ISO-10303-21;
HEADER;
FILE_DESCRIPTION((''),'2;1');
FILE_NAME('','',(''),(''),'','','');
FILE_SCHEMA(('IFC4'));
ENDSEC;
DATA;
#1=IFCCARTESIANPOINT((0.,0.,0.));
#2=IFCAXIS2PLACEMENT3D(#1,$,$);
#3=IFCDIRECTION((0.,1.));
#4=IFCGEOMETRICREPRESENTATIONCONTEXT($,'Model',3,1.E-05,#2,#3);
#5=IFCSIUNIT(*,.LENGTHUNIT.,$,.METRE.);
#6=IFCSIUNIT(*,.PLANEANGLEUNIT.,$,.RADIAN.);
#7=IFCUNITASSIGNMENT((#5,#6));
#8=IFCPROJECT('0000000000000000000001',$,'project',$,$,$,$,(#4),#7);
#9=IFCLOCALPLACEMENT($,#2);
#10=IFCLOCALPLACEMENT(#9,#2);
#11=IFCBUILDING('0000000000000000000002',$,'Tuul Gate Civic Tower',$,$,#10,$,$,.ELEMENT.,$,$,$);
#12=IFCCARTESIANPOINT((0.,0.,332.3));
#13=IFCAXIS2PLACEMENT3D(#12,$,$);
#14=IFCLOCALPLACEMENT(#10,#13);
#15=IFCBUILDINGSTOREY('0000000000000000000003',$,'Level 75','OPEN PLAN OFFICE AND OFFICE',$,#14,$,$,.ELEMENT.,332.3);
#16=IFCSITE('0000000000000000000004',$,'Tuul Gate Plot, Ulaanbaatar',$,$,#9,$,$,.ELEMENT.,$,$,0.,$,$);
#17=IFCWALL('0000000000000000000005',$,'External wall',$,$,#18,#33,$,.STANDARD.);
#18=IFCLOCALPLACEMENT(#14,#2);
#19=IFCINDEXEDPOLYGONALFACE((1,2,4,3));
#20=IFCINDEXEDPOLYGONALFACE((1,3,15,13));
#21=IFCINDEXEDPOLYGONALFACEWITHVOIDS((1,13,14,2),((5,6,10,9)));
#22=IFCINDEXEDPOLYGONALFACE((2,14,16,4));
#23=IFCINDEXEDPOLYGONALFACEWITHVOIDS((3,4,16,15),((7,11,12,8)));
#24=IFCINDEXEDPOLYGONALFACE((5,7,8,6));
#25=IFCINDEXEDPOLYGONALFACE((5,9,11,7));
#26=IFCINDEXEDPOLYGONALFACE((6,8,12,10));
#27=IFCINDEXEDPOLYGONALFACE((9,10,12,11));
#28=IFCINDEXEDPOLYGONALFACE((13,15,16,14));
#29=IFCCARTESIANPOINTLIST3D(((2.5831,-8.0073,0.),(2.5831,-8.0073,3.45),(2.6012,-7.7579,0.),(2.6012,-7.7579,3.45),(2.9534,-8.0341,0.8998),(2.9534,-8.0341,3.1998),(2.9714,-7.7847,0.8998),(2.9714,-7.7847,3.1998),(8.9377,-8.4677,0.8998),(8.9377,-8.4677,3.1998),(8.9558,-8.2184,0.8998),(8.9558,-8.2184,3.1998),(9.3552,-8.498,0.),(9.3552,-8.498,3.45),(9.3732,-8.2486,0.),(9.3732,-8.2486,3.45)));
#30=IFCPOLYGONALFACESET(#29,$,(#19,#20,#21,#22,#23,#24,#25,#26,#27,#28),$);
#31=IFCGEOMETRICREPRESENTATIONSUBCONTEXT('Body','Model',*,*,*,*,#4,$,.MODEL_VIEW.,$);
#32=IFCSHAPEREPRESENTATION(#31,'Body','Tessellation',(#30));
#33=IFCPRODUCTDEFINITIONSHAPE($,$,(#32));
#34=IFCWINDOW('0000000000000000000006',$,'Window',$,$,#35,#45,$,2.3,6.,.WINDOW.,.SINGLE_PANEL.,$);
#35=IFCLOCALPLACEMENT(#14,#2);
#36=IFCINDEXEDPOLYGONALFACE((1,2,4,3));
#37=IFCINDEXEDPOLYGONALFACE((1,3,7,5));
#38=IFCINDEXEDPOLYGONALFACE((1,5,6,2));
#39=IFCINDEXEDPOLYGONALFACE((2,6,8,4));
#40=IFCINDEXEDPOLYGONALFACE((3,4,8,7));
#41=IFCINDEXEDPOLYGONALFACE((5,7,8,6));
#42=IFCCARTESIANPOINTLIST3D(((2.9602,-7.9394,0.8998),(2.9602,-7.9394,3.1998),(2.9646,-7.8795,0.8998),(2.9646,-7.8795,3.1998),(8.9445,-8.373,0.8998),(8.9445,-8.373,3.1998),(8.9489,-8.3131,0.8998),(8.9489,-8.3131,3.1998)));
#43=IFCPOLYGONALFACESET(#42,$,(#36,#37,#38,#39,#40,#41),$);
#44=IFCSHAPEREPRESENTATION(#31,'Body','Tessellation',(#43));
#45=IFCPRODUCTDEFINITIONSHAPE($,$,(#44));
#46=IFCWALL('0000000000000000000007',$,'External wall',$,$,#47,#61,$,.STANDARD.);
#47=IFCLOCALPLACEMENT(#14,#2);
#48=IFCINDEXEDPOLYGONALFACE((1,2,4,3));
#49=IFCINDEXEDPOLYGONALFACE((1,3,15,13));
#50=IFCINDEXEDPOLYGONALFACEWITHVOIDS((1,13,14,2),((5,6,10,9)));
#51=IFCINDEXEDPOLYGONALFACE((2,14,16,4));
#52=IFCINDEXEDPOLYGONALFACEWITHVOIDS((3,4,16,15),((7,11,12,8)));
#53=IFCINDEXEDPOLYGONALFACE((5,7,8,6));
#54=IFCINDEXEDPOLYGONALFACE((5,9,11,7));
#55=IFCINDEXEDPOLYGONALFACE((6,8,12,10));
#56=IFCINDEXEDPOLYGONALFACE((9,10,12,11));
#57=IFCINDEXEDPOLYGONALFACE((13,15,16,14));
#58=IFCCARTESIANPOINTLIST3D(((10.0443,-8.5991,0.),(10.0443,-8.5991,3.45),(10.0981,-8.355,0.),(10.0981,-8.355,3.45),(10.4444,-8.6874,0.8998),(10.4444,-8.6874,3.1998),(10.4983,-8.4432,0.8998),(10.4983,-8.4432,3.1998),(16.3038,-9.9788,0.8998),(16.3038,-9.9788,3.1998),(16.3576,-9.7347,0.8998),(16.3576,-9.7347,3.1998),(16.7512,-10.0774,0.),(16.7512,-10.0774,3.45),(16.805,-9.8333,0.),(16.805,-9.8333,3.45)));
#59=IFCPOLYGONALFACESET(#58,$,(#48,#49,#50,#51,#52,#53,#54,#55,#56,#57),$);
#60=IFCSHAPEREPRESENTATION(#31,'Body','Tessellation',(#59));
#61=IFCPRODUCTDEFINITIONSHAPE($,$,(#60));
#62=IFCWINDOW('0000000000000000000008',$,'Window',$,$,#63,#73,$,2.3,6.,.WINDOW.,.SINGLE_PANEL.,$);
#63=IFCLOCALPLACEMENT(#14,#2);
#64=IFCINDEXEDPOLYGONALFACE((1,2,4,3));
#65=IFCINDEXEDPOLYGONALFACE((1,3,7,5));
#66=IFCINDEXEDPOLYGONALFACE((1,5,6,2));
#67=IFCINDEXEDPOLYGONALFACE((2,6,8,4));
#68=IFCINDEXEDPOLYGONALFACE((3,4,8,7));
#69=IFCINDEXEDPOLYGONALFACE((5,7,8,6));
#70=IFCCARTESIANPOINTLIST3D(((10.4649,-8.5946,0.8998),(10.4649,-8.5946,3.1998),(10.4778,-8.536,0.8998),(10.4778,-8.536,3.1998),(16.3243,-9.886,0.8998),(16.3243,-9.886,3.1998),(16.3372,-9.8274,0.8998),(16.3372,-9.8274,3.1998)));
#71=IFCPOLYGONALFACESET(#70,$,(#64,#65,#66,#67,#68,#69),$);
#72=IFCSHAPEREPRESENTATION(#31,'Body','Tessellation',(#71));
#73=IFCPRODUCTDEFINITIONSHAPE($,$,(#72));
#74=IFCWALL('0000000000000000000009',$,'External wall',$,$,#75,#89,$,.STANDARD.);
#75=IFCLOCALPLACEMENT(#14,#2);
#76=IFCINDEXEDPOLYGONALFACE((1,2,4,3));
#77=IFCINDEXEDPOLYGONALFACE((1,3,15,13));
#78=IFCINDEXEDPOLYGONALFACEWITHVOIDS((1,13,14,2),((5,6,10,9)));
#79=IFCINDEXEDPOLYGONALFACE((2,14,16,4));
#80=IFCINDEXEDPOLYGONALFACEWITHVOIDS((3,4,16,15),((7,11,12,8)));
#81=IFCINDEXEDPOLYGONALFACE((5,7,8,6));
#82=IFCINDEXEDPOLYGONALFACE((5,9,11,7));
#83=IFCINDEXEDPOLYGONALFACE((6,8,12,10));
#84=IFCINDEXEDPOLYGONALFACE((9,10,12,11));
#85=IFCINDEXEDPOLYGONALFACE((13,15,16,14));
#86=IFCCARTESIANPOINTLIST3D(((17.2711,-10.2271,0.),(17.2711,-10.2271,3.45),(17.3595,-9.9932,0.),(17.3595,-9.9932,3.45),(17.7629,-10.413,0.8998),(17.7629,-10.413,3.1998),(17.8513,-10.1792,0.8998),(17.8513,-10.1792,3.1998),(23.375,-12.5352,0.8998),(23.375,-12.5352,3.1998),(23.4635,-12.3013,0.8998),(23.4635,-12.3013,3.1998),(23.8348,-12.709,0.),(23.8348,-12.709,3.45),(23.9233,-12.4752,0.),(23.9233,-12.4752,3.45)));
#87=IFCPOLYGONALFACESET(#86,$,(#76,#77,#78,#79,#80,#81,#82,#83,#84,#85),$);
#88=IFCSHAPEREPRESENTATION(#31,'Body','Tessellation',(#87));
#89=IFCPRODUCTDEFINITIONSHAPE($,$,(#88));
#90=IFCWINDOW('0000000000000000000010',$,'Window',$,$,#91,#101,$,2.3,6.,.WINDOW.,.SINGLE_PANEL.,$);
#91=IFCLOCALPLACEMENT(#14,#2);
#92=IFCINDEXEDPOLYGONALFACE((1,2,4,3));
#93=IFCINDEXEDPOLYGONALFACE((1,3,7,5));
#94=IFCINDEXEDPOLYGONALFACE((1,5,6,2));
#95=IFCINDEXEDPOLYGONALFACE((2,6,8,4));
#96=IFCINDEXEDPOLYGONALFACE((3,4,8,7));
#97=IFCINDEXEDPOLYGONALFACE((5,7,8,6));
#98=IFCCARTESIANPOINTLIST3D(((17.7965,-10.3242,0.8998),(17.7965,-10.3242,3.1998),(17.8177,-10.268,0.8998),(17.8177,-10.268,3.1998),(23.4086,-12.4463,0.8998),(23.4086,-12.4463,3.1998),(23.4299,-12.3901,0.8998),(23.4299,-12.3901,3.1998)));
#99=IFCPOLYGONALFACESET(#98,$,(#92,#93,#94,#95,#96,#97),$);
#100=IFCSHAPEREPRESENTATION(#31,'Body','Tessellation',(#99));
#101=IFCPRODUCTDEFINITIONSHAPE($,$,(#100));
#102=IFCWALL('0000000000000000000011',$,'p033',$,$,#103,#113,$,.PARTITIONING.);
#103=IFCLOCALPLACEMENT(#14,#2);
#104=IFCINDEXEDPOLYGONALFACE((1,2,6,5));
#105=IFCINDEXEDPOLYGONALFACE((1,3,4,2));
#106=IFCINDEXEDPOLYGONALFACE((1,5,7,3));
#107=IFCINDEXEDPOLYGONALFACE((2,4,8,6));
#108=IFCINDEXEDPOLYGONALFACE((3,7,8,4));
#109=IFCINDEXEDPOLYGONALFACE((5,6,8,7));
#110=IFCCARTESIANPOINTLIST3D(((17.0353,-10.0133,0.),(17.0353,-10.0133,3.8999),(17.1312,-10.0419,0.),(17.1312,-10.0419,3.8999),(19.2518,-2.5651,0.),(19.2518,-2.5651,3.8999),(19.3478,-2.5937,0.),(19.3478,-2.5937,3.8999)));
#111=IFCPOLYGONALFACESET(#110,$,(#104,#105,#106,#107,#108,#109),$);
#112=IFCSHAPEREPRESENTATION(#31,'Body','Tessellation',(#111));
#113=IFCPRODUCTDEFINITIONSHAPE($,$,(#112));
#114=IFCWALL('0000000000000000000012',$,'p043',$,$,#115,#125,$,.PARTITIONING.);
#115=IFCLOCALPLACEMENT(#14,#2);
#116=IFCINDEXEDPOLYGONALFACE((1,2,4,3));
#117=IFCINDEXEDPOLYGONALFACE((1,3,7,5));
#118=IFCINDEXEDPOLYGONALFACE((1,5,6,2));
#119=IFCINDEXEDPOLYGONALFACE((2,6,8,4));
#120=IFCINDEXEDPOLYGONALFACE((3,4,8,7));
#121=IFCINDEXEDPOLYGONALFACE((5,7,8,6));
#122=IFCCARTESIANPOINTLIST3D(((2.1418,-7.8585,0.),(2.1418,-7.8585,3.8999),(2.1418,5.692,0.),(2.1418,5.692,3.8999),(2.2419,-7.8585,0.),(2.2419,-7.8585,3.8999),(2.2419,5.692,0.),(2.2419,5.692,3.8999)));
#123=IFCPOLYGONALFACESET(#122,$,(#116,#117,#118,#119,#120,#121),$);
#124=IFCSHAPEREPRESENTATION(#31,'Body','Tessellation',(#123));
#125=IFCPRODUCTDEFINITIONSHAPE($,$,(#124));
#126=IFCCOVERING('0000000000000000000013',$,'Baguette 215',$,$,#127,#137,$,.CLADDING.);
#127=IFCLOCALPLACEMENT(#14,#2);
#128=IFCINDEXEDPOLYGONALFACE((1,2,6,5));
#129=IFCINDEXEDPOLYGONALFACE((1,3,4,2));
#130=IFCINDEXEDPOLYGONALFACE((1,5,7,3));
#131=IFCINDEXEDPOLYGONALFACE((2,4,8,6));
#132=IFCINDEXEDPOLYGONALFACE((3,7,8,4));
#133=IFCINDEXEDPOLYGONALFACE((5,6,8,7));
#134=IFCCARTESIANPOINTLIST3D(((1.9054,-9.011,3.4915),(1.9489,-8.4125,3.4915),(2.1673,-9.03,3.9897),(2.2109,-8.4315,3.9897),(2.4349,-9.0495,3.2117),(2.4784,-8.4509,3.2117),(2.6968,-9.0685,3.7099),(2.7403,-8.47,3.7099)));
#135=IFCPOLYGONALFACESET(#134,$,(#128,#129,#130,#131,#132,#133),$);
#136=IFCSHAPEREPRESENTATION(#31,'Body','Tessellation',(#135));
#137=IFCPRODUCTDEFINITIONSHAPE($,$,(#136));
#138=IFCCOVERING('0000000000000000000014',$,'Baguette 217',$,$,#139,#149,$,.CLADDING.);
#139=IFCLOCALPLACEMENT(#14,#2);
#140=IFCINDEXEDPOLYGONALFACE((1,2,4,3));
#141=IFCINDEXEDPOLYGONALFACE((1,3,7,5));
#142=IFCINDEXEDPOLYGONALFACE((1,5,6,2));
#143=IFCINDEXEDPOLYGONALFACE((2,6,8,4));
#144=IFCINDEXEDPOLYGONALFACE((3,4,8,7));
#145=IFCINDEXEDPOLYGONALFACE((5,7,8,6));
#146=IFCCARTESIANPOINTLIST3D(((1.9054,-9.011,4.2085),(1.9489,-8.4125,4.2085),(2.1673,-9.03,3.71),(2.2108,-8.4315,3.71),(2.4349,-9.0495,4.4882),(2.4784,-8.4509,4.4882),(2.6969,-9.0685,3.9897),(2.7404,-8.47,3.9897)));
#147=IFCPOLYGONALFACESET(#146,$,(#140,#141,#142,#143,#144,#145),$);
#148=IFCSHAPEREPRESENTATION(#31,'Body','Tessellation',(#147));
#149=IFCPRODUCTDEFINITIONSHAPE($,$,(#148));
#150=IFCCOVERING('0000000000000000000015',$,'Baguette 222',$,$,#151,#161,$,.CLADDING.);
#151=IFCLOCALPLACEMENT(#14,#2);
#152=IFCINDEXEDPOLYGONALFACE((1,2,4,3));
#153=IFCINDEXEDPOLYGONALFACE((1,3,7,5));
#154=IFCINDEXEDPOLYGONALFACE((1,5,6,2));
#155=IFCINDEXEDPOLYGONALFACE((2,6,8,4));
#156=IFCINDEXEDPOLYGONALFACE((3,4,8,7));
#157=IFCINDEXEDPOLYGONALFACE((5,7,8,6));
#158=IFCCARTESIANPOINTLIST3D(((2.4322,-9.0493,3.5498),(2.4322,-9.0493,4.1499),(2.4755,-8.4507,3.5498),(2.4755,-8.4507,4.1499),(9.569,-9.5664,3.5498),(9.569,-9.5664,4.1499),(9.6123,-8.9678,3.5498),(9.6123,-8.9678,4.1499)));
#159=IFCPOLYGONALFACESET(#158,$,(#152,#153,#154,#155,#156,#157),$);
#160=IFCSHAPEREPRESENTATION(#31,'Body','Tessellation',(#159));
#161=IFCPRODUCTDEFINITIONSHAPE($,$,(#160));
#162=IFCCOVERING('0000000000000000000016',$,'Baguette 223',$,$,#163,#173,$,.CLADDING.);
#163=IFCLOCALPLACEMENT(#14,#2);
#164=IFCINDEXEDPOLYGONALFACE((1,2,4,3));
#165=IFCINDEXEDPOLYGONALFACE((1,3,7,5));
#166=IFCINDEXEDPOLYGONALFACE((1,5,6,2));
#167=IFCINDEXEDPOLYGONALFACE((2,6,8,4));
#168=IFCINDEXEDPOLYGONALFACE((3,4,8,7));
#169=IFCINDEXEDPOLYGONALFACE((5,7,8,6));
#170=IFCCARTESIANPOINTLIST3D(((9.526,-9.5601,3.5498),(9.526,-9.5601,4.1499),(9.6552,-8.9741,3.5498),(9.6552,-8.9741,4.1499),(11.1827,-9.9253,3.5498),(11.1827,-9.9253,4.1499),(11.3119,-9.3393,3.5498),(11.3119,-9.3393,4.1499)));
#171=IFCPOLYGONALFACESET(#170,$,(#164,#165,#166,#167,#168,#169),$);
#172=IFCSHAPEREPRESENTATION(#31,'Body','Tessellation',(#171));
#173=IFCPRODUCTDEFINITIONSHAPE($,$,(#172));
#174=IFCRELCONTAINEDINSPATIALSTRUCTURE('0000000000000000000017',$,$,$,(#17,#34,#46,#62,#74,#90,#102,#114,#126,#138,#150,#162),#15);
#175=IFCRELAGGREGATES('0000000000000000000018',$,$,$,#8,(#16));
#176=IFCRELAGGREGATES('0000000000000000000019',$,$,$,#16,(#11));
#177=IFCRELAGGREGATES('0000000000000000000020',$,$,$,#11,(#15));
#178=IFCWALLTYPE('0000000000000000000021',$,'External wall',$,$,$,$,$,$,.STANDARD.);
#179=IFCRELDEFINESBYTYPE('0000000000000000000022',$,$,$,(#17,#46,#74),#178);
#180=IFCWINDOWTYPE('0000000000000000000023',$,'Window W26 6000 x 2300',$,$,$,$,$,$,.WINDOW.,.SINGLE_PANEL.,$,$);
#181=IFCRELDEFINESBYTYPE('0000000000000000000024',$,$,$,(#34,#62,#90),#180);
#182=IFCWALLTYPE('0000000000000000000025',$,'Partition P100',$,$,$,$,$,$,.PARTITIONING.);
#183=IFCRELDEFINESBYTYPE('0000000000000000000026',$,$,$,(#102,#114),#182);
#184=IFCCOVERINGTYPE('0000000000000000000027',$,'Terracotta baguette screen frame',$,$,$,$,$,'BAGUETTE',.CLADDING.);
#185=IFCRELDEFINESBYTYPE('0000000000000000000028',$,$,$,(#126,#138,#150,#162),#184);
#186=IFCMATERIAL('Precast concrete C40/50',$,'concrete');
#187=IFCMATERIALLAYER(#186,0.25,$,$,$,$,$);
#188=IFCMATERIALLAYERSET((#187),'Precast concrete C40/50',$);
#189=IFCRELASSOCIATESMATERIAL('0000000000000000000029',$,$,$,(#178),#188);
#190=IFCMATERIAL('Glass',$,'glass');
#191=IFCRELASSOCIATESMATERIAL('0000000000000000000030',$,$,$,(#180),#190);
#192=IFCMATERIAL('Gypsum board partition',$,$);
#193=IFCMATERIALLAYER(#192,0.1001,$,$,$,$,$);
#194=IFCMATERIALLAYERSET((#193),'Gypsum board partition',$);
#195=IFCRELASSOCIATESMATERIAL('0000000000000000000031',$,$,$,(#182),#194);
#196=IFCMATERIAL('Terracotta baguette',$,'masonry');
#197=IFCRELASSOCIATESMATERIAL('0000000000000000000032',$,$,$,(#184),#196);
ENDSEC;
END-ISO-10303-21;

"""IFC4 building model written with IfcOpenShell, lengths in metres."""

from ifc_helpers import new_model, si_unit, direction, frame, frame_2d, origin, origin_2d, place, context, subcontext, project, spatial, rectangle, extrude, material, layer, layer_set, material_profile, profile_set, type_object, element, fill, save


model = new_model("IFC4")

# Units and contexts
model_context = context("Model", 3, precision=1e-05, world=origin(), true_north=direction((0.0, 1.0)))
body_context = subcontext(model_context, "Body", "Model", "MODEL_VIEW")
ifc_project = project(units=[si_unit("LENGTHUNIT", "METRE"), si_unit("PLANEANGLEUNIT", "RADIAN")], contexts=[model_context])

# Site, building, storey
site_placement = place(None, origin())
site = spatial("IfcSite", under=ifc_project, at=site_placement, Name="Tuul Gate Plot, Ulaanbaatar", CompositionType="ELEMENT", RefElevation=0.0)
building_placement = place(site_placement, origin())
building = spatial("IfcBuilding", under=site, at=building_placement, Name="Tuul Gate Civic Tower", CompositionType="ELEMENT")
storey_placement = place(building_placement, frame((0.0, 0.0, 332.3)))
storey = spatial("IfcBuildingStorey", under=building, at=storey_placement, Name="Level 75", Description="OPEN PLAN OFFICE AND OFFICE", CompositionType="ELEMENT", Elevation=332.3)

# Walls, openings, windows
ifc_material_1 = material(Name="Precast concrete C40/50", Category="concrete")
ifc_layer_1 = layer(ifc_material_1, 0.25)
ifc_layer_set_1 = layer_set([ifc_layer_1], Name="Precast concrete C40/50")
wall_type_1 = type_object("IfcWallType", Name="External wall", PredefinedType="STANDARD", material=ifc_layer_set_1)
wall_1_placement = place(storey_placement, frame((2.592, -7.8826, 0.0), z_axis=(0.0, 0.0, 1.0), x_axis=(0.997385, -0.072274, 0.0)))
wall_1 = element("IfcWall", 1, at=wall_1_placement, inside=storey, type_object=wall_type_1, Name="External wall", PredefinedType="STANDARD", context=body_context, shape_type="SweptSolid", body=[
    extrude(rectangle(XDim=6.7898, YDim=0.25, at=frame_2d((3.395, 0.0))), origin(), (0.0, 0.0, 1.0), 3.45),
])
opening_1_placement = place(wall_1_placement, frame((0.3713, 0.0, 0.8999)))
opening_1 = element("IfcOpeningElement", 2, at=opening_1_placement, cuts=wall_1, PredefinedType="OPENING", context=body_context, shape_type="SweptSolid", body=[
    extrude(rectangle(XDim=6.0, YDim=2.3, at=frame_2d((3.0, 1.1499))), frame((0.0, 0.135, 0.0), z_axis=(0.0, -1.0, 0.0), x_axis=(1.0, 0.0, 0.0)), (0.0, 0.0, 1.0), 0.27),
])
ifc_material_2 = material(Name="Glass", Category="glass")
window_type = type_object("IfcWindowType", Name="Window W26 6000 x 2300", PartitioningType="SINGLE_PANEL", PredefinedType="WINDOW", material=ifc_material_2)
window_1_placement = place(opening_1_placement, origin())
window_1 = element("IfcWindow", 3, at=window_1_placement, inside=storey, type_object=window_type, Name="Window", OverallHeight=2.3, OverallWidth=6.0, PartitioningType="SINGLE_PANEL", PredefinedType="WINDOW", context=body_context, shape_type="SweptSolid", body=[
    extrude(rectangle(XDim=6.0, YDim=2.3, at=frame_2d((3.0, 1.1499))), frame((0.0, 0.03, 0.0), z_axis=(0.0, -1.0, 0.0), x_axis=(1.0, 0.0, 0.0)), (0.0, 0.0, 1.0), 0.0601),
])
fill(opening_1, window_1)
wall_2_placement = place(storey_placement, frame((10.071, -8.4771, 0.0), z_axis=(0.0, 0.0, 1.0), x_axis=(0.976561, -0.21524, 0.0)))
wall_2 = element("IfcWall", 4, at=wall_2_placement, inside=storey, type_object=wall_type_1, Name="External wall", PredefinedType="STANDARD", context=body_context, shape_type="SweptSolid", body=[
    extrude(rectangle(XDim=6.8679, YDim=0.25, at=frame_2d((3.4341, 0.0))), origin(), (0.0, 0.0, 1.0), 3.45),
])
opening_2_placement = place(wall_2_placement, frame((0.4099, 0.0, 0.8999)))
opening_2 = element("IfcOpeningElement", 5, at=opening_2_placement, cuts=wall_2, PredefinedType="OPENING", context=body_context, shape_type="SweptSolid", body=[
    extrude(rectangle(XDim=6.0, YDim=2.3, at=frame_2d((3.0, 1.1499))), frame((0.0, 0.135, 0.0), z_axis=(0.0, -1.0, 0.0), x_axis=(1.0, 0.0, 0.0)), (0.0, 0.0, 1.0), 0.27),
])
window_2_placement = place(opening_2_placement, origin())
window_2 = element("IfcWindow", 6, at=window_2_placement, inside=storey, type_object=window_type, Name="Window", OverallHeight=2.3, OverallWidth=6.0, PartitioningType="SINGLE_PANEL", PredefinedType="WINDOW", context=body_context, shape_type="SweptSolid", body=[
    extrude(rectangle(XDim=6.0, YDim=2.3, at=frame_2d((3.0, 1.1499))), frame((0.0, 0.03, 0.0), z_axis=(0.0, -1.0, 0.0), x_axis=(1.0, 0.0, 0.0)), (0.0, 0.0, 1.0), 0.0601),
])
fill(opening_2, window_2)
wall_3_placement = place(storey_placement, frame((17.3152, -10.1101, 0.0), z_axis=(0.0, 0.0, 1.0), x_axis=(0.935363, -0.353688, 0.0)))
wall_3 = element("IfcWall", 7, at=wall_3_placement, inside=storey, type_object=wall_type_1, Name="External wall", PredefinedType="STANDARD", context=body_context, shape_type="SweptSolid", body=[
    extrude(rectangle(XDim=7.0173, YDim=0.25, at=frame_2d((3.5088, 0.0))), origin(), (0.0, 0.0, 1.0), 3.45),
])
opening_3_placement = place(wall_3_placement, frame((0.5259, 0.0, 0.8999)))
opening_3 = element("IfcOpeningElement", 8, at=opening_3_placement, cuts=wall_3, PredefinedType="OPENING", context=body_context, shape_type="SweptSolid", body=[
    extrude(rectangle(XDim=6.0, YDim=2.3, at=frame_2d((3.0, 1.1499))), frame((0.0, 0.135, 0.0), z_axis=(0.0, -1.0, 0.0), x_axis=(1.0, 0.0, 0.0)), (0.0, 0.0, 1.0), 0.27),
])
window_3_placement = place(opening_3_placement, origin())
window_3 = element("IfcWindow", 9, at=window_3_placement, inside=storey, type_object=window_type, Name="Window", OverallHeight=2.3, OverallWidth=6.0, PartitioningType="SINGLE_PANEL", PredefinedType="WINDOW", context=body_context, shape_type="SweptSolid", body=[
    extrude(rectangle(XDim=6.0, YDim=2.3, at=frame_2d((3.0, 1.1499))), frame((0.0, 0.03, 0.0), z_axis=(0.0, -1.0, 0.0), x_axis=(1.0, 0.0, 0.0)), (0.0, 0.0, 1.0), 0.0601),
])
fill(opening_3, window_3)

# Walls
ifc_material_3 = material(Name="Gypsum board partition")
ifc_layer_2 = layer(ifc_material_3, 0.1001)
ifc_layer_set_2 = layer_set([ifc_layer_2], Name="Gypsum board partition")
wall_type_2 = type_object("IfcWallType", Name="Partition P100", PredefinedType="PARTITIONING", material=ifc_layer_set_2)
wall_4_placement = place(storey_placement, frame((17.0833, -10.0276, 0.0), z_axis=(0.0, 0.0, 1.0), x_axis=(0.285232, 0.958459, 0.0)))
element("IfcWall", 10, at=wall_4_placement, inside=storey, type_object=wall_type_2, Name="p033", PredefinedType="PARTITIONING", context=body_context, shape_type="SweptSolid", body=[
    extrude(rectangle(XDim=7.771, YDim=0.1001, at=frame_2d((3.8855, 0.0))), origin(), (0.0, 0.0, 1.0), 3.8999),
])
wall_5_placement = place(storey_placement, frame((2.1919, -7.8586, 0.0), z_axis=(0.0, 0.0, 1.0), x_axis=(0.0, 1.0, 0.0)))
element("IfcWall", 11, at=wall_5_placement, inside=storey, type_object=wall_type_2, Name="p043", PredefinedType="PARTITIONING", context=body_context, shape_type="SweptSolid", body=[
    extrude(rectangle(XDim=13.5505, YDim=0.1001, at=frame_2d((6.7754, 0.0))), origin(), (0.0, 0.0, 1.0), 3.8999),
])

# Coverings
ifc_material_4 = material(Name="Terracotta baguette", Category="masonry")
ifc_material_profile_1 = material_profile(ifc_material_4, rectangle(XDim=0.6001, YDim=0.6001, at=origin_2d()), Name="Terracotta baguette screen frame")
ifc_profile_set_1 = profile_set([ifc_material_profile_1], Name="Terracotta baguette")
covering_type = type_object("IfcCoveringType", Name="Terracotta baguette screen frame", ElementType="BAGUETTE", PredefinedType="CLADDING", material=ifc_profile_set_1)
covering_1_placement = place(storey_placement, frame((2.1919, -8.731, 3.3516), z_axis=(0.465069, -0.033807, 0.884629), x_axis=(0.072502, 0.997368, 0.0)))
element("IfcCovering", 12, at=covering_1_placement, inside=storey, type_object=covering_type, Name="Baguette 215", PredefinedType="CLADDING", context=body_context, shape_type="SweptSolid", body=[
    extrude(rectangle(XDim=0.6001, YDim=0.6001, at=origin_2d()), origin(), (0.0, 0.0, 1.0), 0.5632),
])
covering_2_placement = place(storey_placement, frame((2.1919, -8.731, 4.3484), z_axis=(0.464891, -0.033795, -0.884723), x_axis=(0.072502, 0.997368, 0.0)))
element("IfcCovering", 13, at=covering_2_placement, inside=storey, type_object=covering_type, Name="Baguette 217", PredefinedType="CLADDING", context=body_context, shape_type="SweptSolid", body=[
    extrude(rectangle(XDim=0.6001, YDim=0.6001, at=origin_2d()), origin(), (0.0, 0.0, 1.0), 0.5635),
])
covering_3_placement = place(storey_placement, frame((2.4539, -8.75, 3.8499), z_axis=(0.997385, -0.072265, 0.0), x_axis=(0.072265, 0.997385, 0.0)))
element("IfcCovering", 14, at=covering_3_placement, inside=storey, type_object=covering_type, Name="Baguette 222", PredefinedType="CLADDING", context=body_context, shape_type="SweptSolid", body=[
    extrude(rectangle(XDim=0.6001, YDim=0.6001, at=origin_2d()), origin(), (0.0, 0.0, 1.0), 7.1555),
])
covering_4_placement = place(storey_placement, frame((9.5906, -9.2671, 3.8499), z_axis=(0.976551, -0.215285, 0.0), x_axis=(0.215285, 0.976551, 0.0)))
element("IfcCovering", 15, at=covering_4_placement, inside=storey, type_object=covering_type, Name="Baguette 223", PredefinedType="CLADDING", context=body_context, shape_type="SweptSolid", body=[
    extrude(rectangle(XDim=0.6001, YDim=0.6001, at=origin_2d()), origin(), (0.0, 0.0, 1.0), 1.6965),
])

save(model, "model.ifc")
